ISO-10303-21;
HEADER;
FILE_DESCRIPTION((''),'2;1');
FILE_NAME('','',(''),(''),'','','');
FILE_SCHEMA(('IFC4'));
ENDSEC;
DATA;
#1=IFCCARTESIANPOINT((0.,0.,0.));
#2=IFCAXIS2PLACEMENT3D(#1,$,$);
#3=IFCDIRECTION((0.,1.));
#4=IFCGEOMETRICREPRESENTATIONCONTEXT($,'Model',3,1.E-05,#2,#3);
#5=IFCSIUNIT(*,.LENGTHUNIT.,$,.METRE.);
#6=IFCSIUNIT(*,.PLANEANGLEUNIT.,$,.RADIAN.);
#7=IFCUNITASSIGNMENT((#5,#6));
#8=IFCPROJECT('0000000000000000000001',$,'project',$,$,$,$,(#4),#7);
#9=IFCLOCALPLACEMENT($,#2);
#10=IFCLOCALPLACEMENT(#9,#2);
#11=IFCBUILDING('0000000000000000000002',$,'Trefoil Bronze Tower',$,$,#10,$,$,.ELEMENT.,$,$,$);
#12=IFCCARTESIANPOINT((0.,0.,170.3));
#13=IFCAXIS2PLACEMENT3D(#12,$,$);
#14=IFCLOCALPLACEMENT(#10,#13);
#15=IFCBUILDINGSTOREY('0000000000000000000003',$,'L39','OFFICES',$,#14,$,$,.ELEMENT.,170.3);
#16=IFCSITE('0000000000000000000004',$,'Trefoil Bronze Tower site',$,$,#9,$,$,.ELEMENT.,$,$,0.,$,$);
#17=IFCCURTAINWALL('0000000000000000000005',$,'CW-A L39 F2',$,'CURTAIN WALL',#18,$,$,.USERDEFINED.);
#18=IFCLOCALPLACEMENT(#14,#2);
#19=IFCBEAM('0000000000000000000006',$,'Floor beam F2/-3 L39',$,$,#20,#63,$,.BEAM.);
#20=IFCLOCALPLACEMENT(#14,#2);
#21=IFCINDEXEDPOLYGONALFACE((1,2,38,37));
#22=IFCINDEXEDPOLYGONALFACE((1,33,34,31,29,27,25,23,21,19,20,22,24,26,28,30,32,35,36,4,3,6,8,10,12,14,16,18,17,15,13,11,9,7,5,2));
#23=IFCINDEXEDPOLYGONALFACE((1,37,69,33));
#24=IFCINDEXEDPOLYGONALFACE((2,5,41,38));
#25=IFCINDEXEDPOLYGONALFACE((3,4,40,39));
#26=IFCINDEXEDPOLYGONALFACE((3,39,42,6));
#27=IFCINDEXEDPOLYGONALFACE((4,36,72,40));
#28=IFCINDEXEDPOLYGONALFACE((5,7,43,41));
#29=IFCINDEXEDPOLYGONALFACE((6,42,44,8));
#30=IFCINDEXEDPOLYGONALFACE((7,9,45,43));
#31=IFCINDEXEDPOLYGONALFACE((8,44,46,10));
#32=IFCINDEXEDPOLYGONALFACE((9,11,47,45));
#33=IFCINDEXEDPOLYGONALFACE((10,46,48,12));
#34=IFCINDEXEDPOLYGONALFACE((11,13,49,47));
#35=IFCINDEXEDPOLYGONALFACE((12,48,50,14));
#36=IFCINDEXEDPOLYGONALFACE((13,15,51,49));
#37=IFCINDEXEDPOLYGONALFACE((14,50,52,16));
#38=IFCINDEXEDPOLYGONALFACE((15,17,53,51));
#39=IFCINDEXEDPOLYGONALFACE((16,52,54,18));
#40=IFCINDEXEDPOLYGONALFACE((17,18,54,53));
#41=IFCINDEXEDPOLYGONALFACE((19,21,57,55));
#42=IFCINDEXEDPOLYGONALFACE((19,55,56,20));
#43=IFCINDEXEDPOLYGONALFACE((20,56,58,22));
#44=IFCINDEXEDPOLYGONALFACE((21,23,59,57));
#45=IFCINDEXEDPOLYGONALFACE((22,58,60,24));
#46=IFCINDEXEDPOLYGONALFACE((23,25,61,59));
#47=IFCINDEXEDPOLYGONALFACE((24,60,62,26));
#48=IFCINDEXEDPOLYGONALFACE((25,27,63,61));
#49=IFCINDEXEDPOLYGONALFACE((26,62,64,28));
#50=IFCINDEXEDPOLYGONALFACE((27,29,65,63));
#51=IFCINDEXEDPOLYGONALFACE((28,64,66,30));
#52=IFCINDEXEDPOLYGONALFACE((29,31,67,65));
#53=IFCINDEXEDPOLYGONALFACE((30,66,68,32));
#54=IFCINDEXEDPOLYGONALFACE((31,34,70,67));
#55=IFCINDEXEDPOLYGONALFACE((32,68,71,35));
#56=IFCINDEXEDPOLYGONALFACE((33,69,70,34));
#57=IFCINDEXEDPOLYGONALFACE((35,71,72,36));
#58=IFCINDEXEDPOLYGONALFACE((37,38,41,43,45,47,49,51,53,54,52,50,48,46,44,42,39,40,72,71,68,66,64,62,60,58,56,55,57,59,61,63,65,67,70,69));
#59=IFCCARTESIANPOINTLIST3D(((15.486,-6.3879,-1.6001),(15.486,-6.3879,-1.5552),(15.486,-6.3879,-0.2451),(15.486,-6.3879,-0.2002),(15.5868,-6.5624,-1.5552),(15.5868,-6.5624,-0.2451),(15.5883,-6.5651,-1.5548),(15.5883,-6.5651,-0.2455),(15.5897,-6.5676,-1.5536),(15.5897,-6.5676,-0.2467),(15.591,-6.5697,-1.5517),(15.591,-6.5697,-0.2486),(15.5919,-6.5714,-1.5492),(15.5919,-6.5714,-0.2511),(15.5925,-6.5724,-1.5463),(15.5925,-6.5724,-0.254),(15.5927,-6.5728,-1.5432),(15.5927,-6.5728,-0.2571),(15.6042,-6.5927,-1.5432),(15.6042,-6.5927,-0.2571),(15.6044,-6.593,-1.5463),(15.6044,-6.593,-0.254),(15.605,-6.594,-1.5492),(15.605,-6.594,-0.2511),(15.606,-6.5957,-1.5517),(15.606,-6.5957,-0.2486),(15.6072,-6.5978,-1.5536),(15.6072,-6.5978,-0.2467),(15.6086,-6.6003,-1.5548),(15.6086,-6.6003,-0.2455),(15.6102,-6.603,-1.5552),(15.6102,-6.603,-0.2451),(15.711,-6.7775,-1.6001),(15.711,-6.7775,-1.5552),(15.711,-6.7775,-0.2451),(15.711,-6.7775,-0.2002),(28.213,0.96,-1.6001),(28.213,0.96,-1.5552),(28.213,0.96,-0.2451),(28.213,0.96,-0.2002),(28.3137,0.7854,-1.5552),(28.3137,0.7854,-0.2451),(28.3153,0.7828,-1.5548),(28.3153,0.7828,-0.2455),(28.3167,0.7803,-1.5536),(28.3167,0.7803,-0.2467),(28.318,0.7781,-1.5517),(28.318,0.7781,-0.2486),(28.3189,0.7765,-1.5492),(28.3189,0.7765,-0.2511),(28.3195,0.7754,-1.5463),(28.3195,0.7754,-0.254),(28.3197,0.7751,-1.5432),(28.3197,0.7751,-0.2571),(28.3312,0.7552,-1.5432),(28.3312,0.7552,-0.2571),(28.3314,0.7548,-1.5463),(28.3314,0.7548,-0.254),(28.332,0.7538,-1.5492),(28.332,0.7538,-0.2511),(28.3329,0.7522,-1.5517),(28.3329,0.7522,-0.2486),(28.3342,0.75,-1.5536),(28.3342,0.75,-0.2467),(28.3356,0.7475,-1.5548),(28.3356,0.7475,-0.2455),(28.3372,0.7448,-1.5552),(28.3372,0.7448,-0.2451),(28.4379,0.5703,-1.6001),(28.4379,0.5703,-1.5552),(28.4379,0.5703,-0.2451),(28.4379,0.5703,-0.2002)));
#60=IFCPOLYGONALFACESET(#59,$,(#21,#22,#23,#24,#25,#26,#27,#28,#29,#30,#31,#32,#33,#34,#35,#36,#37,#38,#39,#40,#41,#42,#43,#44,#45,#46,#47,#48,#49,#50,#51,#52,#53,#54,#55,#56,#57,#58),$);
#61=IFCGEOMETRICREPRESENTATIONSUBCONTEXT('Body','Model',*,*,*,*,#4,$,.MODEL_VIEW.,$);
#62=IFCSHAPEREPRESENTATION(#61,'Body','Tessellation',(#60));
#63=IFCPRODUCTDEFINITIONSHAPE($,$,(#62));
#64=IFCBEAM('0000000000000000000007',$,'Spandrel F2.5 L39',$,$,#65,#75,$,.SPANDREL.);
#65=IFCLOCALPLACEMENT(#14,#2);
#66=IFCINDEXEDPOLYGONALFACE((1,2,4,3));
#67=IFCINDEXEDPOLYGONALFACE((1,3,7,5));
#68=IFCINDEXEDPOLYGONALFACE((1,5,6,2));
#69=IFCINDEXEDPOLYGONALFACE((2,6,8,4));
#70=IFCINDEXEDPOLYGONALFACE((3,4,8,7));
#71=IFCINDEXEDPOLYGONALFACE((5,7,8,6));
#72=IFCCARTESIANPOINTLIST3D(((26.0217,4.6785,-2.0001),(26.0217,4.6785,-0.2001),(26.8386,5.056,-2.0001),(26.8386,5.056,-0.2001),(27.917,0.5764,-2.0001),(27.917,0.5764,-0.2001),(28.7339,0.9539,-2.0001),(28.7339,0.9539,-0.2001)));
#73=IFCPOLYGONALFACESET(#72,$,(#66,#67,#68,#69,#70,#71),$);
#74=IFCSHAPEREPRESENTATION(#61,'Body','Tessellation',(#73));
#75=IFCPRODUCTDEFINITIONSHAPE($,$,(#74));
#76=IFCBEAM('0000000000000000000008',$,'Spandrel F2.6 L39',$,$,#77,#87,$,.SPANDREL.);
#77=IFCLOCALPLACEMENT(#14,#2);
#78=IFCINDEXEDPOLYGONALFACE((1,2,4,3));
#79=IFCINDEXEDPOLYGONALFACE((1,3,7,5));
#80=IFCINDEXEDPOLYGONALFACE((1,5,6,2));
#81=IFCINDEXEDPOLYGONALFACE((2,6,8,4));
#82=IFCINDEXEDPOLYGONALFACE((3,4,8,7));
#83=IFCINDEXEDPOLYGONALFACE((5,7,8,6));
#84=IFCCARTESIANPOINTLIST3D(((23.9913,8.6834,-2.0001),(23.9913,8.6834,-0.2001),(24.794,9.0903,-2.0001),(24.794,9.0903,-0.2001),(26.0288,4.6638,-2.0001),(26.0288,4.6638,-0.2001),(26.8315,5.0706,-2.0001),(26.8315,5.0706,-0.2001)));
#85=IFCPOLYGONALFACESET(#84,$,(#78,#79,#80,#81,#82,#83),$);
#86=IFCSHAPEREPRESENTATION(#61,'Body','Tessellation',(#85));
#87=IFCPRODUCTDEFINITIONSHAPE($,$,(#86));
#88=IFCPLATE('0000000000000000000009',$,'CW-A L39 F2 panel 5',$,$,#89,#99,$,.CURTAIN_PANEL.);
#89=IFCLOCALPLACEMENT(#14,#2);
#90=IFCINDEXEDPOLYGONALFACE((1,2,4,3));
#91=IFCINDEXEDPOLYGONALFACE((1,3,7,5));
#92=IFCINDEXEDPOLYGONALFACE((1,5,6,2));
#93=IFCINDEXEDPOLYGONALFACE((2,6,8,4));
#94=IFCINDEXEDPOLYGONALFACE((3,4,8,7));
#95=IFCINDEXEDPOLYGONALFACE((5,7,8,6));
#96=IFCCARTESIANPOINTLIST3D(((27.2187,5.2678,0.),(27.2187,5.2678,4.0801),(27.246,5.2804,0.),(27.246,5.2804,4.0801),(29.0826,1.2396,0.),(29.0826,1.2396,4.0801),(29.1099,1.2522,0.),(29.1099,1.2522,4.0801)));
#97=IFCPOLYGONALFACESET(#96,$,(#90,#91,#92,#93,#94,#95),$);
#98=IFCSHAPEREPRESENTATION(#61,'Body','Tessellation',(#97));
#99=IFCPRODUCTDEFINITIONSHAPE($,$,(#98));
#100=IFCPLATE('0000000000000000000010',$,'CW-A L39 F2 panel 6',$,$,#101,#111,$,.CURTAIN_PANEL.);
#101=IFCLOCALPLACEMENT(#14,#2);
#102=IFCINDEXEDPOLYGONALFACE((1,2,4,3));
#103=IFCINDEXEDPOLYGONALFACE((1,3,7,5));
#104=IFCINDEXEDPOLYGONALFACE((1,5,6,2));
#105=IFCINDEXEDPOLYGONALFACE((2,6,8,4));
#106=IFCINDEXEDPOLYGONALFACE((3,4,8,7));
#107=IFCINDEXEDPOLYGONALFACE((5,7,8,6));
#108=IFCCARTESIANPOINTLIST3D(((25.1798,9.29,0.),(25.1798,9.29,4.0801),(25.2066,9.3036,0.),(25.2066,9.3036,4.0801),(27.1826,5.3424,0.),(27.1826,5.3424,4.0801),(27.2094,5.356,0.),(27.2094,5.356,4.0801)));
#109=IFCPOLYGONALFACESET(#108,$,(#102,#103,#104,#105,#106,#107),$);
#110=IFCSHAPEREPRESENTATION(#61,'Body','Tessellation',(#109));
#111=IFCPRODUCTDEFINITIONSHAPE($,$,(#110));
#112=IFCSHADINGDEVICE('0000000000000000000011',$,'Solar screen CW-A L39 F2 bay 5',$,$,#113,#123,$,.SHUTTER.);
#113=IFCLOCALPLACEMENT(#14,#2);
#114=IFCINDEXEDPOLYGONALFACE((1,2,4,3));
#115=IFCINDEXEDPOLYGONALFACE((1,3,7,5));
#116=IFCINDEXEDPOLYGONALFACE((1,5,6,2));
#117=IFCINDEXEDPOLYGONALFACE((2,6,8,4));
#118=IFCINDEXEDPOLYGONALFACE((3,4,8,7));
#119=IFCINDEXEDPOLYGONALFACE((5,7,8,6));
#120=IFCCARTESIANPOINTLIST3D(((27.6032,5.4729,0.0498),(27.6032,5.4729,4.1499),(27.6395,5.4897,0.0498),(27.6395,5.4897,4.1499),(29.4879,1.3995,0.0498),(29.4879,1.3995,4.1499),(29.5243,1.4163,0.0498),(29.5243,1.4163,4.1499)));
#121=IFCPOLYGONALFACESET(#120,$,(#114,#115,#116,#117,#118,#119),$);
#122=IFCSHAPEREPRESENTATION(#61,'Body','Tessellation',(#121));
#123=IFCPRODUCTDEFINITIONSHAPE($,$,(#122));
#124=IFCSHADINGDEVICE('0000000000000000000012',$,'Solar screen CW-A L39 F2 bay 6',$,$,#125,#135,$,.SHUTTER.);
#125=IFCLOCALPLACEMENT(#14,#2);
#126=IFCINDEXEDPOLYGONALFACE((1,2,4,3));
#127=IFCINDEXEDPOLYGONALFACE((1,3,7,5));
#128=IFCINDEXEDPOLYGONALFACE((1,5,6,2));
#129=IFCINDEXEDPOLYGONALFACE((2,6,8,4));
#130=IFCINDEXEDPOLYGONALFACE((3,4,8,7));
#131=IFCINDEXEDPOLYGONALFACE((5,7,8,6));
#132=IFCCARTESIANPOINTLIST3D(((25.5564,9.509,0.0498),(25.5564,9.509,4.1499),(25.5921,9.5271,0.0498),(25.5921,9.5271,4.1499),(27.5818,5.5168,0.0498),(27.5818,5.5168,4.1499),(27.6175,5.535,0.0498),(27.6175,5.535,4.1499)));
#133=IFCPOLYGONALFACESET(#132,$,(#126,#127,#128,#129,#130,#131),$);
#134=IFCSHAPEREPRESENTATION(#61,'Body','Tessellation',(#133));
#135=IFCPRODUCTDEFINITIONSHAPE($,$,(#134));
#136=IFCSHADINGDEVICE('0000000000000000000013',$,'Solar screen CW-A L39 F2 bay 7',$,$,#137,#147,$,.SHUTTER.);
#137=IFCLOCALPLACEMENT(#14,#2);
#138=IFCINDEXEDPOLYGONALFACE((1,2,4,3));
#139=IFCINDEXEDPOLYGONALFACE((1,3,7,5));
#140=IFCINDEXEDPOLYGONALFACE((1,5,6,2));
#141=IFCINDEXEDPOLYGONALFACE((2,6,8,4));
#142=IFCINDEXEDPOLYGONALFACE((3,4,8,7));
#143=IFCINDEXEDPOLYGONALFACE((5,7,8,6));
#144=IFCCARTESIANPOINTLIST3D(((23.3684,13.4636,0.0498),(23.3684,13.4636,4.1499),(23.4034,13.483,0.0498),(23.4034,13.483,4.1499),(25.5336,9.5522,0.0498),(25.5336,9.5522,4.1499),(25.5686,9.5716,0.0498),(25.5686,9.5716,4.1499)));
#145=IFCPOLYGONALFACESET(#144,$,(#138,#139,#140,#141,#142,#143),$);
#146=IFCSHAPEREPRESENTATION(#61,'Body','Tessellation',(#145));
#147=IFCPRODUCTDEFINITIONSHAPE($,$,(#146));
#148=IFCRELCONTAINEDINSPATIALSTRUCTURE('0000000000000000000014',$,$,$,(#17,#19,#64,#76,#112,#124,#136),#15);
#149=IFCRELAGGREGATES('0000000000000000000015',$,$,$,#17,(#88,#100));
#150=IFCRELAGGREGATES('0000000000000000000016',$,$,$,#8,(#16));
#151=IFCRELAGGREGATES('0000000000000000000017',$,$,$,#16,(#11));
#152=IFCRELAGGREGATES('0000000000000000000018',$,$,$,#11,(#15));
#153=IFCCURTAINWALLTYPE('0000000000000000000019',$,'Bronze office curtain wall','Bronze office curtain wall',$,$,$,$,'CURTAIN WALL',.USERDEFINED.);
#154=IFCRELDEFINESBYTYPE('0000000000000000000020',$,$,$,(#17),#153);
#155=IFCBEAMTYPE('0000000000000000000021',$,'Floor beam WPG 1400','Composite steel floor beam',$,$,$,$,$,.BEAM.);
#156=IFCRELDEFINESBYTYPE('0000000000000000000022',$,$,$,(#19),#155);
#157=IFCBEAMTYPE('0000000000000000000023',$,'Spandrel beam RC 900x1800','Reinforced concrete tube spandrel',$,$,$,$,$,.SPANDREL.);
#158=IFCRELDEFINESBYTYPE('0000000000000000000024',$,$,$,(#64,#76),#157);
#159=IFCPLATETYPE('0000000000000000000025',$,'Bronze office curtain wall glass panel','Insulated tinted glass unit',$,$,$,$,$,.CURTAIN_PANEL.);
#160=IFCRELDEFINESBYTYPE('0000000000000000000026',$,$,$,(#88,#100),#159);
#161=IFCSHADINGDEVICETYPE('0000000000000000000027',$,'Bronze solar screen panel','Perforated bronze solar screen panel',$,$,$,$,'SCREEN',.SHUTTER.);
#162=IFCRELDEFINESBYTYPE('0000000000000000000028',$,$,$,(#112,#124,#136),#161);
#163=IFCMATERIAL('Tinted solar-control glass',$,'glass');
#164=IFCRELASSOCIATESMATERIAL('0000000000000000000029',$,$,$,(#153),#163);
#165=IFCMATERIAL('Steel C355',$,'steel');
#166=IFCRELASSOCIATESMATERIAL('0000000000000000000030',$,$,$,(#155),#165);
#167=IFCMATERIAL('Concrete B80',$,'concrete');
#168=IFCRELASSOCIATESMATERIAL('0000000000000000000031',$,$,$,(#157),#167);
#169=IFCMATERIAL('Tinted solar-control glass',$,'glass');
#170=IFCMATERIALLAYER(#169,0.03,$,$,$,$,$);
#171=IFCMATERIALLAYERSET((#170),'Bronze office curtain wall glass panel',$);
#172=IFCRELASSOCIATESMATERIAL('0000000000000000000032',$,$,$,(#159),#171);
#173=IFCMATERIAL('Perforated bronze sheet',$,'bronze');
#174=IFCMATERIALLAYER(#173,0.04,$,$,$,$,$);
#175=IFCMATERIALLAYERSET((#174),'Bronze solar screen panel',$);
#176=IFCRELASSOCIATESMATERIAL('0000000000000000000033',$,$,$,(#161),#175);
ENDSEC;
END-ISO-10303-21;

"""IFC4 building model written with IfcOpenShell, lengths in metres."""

from ifc_helpers import new_model, si_unit, direction, frame, origin, origin_2d, place, context, subcontext, project, spatial, rectangle, i_section, extrude, material, layer, layer_set, material_profile, profile_set, type_object, element, aggregate, save


model = new_model("IFC4")

# Units and contexts
model_context = context("Model", 3, precision=1e-05, world=origin(), true_north=direction((0.0, 1.0)))
body_context = subcontext(model_context, "Body", "Model", "MODEL_VIEW")
ifc_project = project(units=[si_unit("LENGTHUNIT", "METRE"), si_unit("PLANEANGLEUNIT", "RADIAN")], contexts=[model_context])

# Site, building, storey
site_placement = place(None, origin())
site = spatial("IfcSite", under=ifc_project, at=site_placement, Name="Trefoil Bronze Tower site", CompositionType="ELEMENT", RefElevation=0.0)
building_placement = place(site_placement, origin())
building = spatial("IfcBuilding", under=site, at=building_placement, Name="Trefoil Bronze Tower", CompositionType="ELEMENT")
storey_placement = place(building_placement, frame((0.0, 0.0, 170.3)))
storey = spatial("IfcBuildingStorey", under=building, at=storey_placement, Name="L39", Description="OFFICES", CompositionType="ELEMENT", Elevation=170.3)

# Curtain wall
ifc_material_1 = material(Name="Tinted solar-control glass", Category="glass")
curtain_wall_type = type_object("IfcCurtainWallType", Name="Bronze office curtain wall", Description="Bronze office curtain wall", ElementType="CURTAIN WALL", PredefinedType="USERDEFINED", material=ifc_material_1)
curtain_wall_placement = place(storey_placement, origin())
curtain_wall = element("IfcCurtainWall", 1, at=curtain_wall_placement, inside=storey, type_object=curtain_wall_type, Name="CW-A L39 F2", ObjectType="CURTAIN WALL", PredefinedType="USERDEFINED")

# Beams
ifc_material_2 = material(Name="Steel C355", Category="steel")
ifc_material_profile_1 = material_profile(ifc_material_2, i_section(OverallWidth=0.45, OverallDepth=1.3999, WebThickness=0.0229, FlangeThickness=0.0449, FilletRadius=0.012, at=origin_2d()), Name="WPG 1400")
ifc_profile_set_1 = profile_set([ifc_material_profile_1], Name="Steel C355")
beam_type_1 = type_object("IfcBeamType", Name="Floor beam WPG 1400", Description="Composite steel floor beam", PredefinedType="BEAM", material=ifc_profile_set_1)
beam_1_placement = place(storey_placement, frame((28.3254, 0.7651, -0.9001), z_axis=(-0.866027, -0.499997, 0.0), x_axis=(0.499997, -0.866027, 0.0)))
element("IfcBeam", 2, at=beam_1_placement, inside=storey, type_object=beam_type_1, Name="Floor beam F2/-3 L39", PredefinedType="BEAM", context=body_context, shape_type="SweptSolid", body=[
    extrude(i_section(OverallWidth=0.45, OverallDepth=1.3999, WebThickness=0.0229, FlangeThickness=0.0449, FilletRadius=0.012, at=origin_2d()), origin(), (0.0, 0.0, 1.0), 14.6958),
])
ifc_material_3 = material(Name="Concrete B80", Category="concrete")
ifc_material_profile_2 = material_profile(ifc_material_3, rectangle(XDim=0.8999, YDim=1.8, at=origin_2d()), Name="RC 900x1800")
ifc_profile_set_2 = profile_set([ifc_material_profile_2], Name="Concrete B80")
beam_type_2 = type_object("IfcBeamType", Name="Spandrel beam RC 900x1800", Description="Reinforced concrete tube spandrel", PredefinedType="SPANDREL", material=ifc_profile_set_2)
beam_2_placement = place(storey_placement, frame((28.3254, 0.7651, -1.1001), z_axis=(-0.419425, 0.90779, 0.0), x_axis=(-0.90779, -0.419425, 0.0)))
element("IfcBeam", 3, at=beam_2_placement, inside=storey, type_object=beam_type_2, Name="Spandrel F2.5 L39", PredefinedType="SPANDREL", context=body_context, shape_type="SweptSolid", body=[
    extrude(rectangle(XDim=0.8999, YDim=1.8, at=origin_2d()), origin(), (0.0, 0.0, 1.0), 4.5188),
])
beam_3_placement = place(storey_placement, frame((26.4302, 4.8672, -1.1001), z_axis=(-0.452126, 0.891954, 0.0), x_axis=(-0.891954, -0.452126, 0.0)))
element("IfcBeam", 4, at=beam_3_placement, inside=storey, type_object=beam_type_2, Name="Spandrel F2.6 L39", PredefinedType="SPANDREL", context=body_context, shape_type="SweptSolid", body=[
    extrude(rectangle(XDim=0.8999, YDim=1.8, at=origin_2d()), origin(), (0.0, 0.0, 1.0), 4.5066),
])

# Plates
ifc_material_4 = material(Name="Tinted solar-control glass", Category="glass")
ifc_layer_1 = layer(ifc_material_4, 0.03)
ifc_layer_set_1 = layer_set([ifc_layer_1], Name="Bronze office curtain wall glass panel")
plate_type = type_object("IfcPlateType", Name="Bronze office curtain wall glass panel", Description="Insulated tinted glass unit", PredefinedType="CURTAIN_PANEL", material=ifc_layer_set_1)
plate_1_placement = place(storey_placement, frame((28.1643, 3.26, 0.0), z_axis=(0.0, 0.0, 1.0), x_axis=(-0.419933, 0.907555, 0.0)))
plate_1 = element("IfcPlate", 5, at=plate_1_placement, type_object=plate_type, Name="CW-A L39 F2 panel 5", PredefinedType="CURTAIN_PANEL", context=body_context, shape_type="SweptSolid", body=[
    extrude(rectangle(XDim=4.4385, YDim=0.03, at=origin_2d()), origin(), (0.0, 0.0, 1.0), 4.0801),
])
plate_2_placement = place(storey_placement, frame((26.1946, 7.323, 0.0), z_axis=(0.0, 0.0, 1.0), x_axis=(-0.452449, 0.89179, 0.0)))
plate_2 = element("IfcPlate", 6, at=plate_2_placement, type_object=plate_type, Name="CW-A L39 F2 panel 6", PredefinedType="CURTAIN_PANEL", context=body_context, shape_type="SweptSolid", body=[
    extrude(rectangle(XDim=4.4265, YDim=0.03, at=origin_2d()), origin(), (0.0, 0.0, 1.0), 4.0801),
])
aggregate(curtain_wall, [plate_1, plate_2])

# Shading devices
ifc_material_5 = material(Name="Perforated bronze sheet", Category="bronze")
ifc_layer_2 = layer(ifc_material_5, 0.04)
ifc_layer_set_2 = layer_set([ifc_layer_2], Name="Bronze solar screen panel")
shading_device_type = type_object("IfcShadingDeviceType", Name="Bronze solar screen panel", Description="Perforated bronze solar screen panel", ElementType="SCREEN", PredefinedType="SHUTTER", material=ifc_layer_set_2)
shading_device_1_placement = place(storey_placement, frame((28.5637, 3.4446, 0.0498), z_axis=(0.0, 0.0, 1.0), x_axis=(-0.419933, 0.907555, 0.0)))
element("IfcShadingDevice", 7, at=shading_device_1_placement, inside=storey, type_object=shading_device_type, Name="Solar screen CW-A L39 F2 bay 5", PredefinedType="SHUTTER", context=body_context, shape_type="SweptSolid", body=[
    extrude(rectangle(XDim=4.4883, YDim=0.04, at=origin_2d()), origin(), (0.0, 0.0, 1.0), 4.1001),
])
shading_device_2_placement = place(storey_placement, frame((26.5869, 7.522, 0.0498), z_axis=(0.0, 0.0, 1.0), x_axis=(-0.452449, 0.89179, 0.0)))
element("IfcShadingDevice", 8, at=shading_device_2_placement, inside=storey, type_object=shading_device_type, Name="Solar screen CW-A L39 F2 bay 6", PredefinedType="SHUTTER", context=body_context, shape_type="SweptSolid", body=[
    extrude(rectangle(XDim=4.4766, YDim=0.04, at=origin_2d()), origin(), (0.0, 0.0, 1.0), 4.1001),
])
shading_device_3_placement = place(storey_placement, frame((24.4685, 11.5176, 0.0498), z_axis=(0.0, 0.0, 1.0), x_axis=(-0.484312, 0.874895, 0.0)))
element("IfcShadingDevice", 9, at=shading_device_3_placement, inside=storey, type_object=shading_device_type, Name="Solar screen CW-A L39 F2 bay 7", PredefinedType="SHUTTER", context=body_context, shape_type="SweptSolid", body=[
    extrude(rectangle(XDim=4.4707, YDim=0.04, at=origin_2d()), origin(), (0.0, 0.0, 1.0), 4.1001),
])

save(model, "model.ifc")
